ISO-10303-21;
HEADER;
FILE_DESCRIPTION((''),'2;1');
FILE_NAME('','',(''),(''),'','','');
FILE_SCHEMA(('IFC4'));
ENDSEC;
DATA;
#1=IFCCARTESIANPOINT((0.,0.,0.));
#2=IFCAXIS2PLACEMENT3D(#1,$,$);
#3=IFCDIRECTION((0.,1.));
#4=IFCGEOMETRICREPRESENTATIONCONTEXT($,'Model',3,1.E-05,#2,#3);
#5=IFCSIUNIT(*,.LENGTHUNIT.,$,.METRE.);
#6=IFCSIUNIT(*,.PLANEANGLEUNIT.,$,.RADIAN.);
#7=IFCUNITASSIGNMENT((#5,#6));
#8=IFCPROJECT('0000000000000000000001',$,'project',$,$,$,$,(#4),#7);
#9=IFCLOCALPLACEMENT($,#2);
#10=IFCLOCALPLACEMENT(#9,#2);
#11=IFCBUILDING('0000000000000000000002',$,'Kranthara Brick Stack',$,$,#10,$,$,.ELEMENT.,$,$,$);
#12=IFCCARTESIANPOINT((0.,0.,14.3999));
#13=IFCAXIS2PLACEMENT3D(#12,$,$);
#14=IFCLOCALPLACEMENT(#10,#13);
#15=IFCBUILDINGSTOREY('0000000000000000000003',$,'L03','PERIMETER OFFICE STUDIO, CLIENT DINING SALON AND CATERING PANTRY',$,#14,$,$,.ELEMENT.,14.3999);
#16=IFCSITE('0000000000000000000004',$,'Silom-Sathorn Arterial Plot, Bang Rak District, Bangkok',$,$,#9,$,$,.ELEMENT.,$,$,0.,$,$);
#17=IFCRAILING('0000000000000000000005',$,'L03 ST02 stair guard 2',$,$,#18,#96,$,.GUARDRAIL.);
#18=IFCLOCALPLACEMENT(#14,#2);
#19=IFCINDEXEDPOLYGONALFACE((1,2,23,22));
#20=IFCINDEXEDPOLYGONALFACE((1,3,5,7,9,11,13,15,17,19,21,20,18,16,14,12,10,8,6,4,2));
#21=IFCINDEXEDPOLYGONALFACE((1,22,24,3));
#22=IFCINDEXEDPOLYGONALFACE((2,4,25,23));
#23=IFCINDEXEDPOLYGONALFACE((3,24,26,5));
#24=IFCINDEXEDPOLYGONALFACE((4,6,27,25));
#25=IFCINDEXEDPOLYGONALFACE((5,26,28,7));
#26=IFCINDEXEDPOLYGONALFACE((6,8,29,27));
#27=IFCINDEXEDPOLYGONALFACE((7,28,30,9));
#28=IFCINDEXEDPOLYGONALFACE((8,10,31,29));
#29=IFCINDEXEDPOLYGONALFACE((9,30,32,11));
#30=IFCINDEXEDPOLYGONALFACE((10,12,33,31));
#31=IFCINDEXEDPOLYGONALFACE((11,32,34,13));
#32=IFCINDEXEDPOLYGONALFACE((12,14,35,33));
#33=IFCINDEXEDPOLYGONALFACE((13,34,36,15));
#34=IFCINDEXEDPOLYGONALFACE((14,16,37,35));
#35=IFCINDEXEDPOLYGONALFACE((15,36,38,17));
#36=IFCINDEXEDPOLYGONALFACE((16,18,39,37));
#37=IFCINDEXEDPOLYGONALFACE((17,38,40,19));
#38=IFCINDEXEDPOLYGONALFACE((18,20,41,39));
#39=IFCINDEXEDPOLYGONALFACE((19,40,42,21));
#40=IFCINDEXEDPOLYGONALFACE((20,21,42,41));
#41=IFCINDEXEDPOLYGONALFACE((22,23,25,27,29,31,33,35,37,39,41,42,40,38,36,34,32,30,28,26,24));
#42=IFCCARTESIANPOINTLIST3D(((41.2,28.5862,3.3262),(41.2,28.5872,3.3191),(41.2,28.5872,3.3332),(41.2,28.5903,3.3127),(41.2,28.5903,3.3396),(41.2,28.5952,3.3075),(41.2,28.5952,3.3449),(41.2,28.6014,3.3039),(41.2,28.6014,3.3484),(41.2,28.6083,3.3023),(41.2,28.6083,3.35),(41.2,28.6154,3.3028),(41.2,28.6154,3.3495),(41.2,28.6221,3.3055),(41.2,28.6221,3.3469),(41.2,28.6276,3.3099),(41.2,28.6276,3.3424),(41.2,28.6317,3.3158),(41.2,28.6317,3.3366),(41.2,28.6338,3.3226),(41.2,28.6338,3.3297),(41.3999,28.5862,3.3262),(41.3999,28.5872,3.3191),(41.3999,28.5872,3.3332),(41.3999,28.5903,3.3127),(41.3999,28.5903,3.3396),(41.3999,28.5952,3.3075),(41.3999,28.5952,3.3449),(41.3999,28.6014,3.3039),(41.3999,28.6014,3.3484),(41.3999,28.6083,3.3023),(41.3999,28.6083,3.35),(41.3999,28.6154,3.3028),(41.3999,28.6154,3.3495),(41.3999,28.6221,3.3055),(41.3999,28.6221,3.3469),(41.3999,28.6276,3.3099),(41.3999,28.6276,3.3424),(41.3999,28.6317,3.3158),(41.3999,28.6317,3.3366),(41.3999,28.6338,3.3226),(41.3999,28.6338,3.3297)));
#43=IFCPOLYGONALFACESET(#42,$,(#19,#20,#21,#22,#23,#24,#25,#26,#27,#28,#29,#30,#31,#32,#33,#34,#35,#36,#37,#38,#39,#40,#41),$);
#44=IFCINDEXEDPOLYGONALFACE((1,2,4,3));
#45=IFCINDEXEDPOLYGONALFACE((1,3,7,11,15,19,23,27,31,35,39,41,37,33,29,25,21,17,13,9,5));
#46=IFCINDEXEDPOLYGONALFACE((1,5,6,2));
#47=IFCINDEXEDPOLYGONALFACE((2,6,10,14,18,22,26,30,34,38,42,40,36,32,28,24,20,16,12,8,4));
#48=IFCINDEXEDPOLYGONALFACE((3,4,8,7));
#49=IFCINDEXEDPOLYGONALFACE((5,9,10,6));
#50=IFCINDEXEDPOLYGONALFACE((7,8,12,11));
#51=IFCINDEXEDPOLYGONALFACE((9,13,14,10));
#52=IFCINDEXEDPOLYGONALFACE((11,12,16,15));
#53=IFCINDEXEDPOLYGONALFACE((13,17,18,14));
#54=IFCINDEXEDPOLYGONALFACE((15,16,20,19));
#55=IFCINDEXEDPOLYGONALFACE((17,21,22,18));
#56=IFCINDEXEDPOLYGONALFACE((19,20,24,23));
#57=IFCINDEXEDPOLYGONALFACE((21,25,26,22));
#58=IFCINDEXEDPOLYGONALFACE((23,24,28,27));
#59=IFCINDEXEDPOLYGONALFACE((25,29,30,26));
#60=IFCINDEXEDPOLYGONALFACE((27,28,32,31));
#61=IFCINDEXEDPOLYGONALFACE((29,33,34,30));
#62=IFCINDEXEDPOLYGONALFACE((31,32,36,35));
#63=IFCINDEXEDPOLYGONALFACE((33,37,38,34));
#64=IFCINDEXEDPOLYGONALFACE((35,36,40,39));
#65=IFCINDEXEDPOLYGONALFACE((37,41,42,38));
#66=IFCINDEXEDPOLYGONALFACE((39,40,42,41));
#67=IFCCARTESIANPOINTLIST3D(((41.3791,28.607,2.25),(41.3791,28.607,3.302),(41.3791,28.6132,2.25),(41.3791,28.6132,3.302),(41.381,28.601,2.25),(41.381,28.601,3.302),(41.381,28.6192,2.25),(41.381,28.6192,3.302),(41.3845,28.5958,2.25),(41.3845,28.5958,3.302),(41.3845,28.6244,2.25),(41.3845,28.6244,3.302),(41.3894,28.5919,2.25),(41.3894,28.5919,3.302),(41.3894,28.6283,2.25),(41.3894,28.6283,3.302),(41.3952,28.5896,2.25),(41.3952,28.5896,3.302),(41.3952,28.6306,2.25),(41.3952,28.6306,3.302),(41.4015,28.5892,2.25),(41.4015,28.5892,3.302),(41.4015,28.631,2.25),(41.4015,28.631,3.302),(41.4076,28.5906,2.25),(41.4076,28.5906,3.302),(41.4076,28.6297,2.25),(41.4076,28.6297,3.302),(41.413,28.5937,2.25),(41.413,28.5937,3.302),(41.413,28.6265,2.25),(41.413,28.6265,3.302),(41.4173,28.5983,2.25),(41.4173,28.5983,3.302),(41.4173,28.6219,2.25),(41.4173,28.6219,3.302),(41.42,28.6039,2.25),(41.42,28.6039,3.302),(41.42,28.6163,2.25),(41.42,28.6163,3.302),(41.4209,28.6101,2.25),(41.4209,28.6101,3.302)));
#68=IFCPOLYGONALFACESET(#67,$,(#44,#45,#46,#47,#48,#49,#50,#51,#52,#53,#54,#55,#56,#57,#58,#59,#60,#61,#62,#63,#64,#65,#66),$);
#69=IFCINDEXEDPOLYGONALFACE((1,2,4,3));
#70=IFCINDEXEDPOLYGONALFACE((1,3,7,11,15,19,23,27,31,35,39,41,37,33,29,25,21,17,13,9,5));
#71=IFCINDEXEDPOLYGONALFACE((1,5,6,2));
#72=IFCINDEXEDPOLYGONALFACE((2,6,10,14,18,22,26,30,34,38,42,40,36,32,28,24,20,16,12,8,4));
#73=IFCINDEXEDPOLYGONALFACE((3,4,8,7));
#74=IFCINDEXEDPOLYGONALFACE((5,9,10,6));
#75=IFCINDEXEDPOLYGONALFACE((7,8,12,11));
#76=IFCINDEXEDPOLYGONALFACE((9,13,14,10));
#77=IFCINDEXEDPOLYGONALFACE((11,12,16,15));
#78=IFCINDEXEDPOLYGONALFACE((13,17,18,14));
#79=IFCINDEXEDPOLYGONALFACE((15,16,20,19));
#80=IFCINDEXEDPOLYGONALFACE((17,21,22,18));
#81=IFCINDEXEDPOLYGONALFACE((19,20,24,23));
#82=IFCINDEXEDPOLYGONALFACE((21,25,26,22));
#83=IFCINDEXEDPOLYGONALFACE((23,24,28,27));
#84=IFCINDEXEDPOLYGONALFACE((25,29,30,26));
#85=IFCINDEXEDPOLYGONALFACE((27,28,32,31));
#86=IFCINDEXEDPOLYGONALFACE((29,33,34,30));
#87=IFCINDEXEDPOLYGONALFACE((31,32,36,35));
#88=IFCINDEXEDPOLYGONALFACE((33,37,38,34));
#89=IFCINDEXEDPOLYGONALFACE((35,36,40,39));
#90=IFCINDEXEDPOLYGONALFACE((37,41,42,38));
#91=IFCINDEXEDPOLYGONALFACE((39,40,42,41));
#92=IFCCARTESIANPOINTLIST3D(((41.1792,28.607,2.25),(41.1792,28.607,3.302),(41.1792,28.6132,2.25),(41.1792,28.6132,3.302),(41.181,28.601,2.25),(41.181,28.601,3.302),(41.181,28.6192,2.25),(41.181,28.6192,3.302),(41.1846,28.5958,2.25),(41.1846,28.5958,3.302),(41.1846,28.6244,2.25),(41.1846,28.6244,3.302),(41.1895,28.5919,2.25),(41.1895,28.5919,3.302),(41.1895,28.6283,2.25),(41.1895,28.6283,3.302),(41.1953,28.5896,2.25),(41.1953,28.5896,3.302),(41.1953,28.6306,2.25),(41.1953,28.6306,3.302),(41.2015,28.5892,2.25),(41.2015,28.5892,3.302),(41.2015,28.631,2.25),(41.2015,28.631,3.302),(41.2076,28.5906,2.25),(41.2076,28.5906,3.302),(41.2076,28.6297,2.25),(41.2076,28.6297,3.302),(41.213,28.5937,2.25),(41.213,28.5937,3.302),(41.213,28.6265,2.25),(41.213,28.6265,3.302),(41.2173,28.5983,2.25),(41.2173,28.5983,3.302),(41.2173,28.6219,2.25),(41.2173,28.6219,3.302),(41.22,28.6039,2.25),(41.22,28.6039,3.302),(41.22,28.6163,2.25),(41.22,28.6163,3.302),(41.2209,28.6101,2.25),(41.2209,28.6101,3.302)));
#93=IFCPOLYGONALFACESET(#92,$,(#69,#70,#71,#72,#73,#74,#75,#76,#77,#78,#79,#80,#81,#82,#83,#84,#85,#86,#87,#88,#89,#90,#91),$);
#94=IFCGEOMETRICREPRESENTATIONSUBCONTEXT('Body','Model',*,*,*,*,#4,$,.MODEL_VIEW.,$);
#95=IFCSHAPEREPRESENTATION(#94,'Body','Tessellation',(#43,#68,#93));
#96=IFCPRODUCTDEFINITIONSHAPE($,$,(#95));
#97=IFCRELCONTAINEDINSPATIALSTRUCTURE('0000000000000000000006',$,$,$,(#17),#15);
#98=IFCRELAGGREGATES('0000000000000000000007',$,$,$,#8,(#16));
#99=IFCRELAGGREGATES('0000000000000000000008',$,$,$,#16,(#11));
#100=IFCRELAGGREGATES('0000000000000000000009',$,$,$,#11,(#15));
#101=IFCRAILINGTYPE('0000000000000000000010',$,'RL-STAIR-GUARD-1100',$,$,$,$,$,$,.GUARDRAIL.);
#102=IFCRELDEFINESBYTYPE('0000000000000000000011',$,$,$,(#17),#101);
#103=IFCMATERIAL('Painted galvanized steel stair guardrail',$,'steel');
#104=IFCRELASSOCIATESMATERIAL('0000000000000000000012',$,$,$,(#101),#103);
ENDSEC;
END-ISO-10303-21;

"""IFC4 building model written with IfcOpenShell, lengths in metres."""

from ifc_helpers import new_model, si_unit, direction, frame, origin, origin_2d, place, context, subcontext, project, spatial, circle, extrude, material, type_object, element, save


model = new_model("IFC4")

# Units and contexts
model_context = context("Model", 3, precision=1e-05, world=origin(), true_north=direction((0.0, 1.0)))
body_context = subcontext(model_context, "Body", "Model", "MODEL_VIEW")
ifc_project = project(units=[si_unit("LENGTHUNIT", "METRE"), si_unit("PLANEANGLEUNIT", "RADIAN")], contexts=[model_context])

# Site, building, storey
site_placement = place(None, origin())
site = spatial("IfcSite", under=ifc_project, at=site_placement, Name="Silom-Sathorn Arterial Plot, Bang Rak District, Bangkok", CompositionType="ELEMENT", RefElevation=0.0)
building_placement = place(site_placement, origin())
building = spatial("IfcBuilding", under=site, at=building_placement, Name="Kranthara Brick Stack", CompositionType="ELEMENT")
storey_placement = place(building_placement, frame((0.0, 0.0, 14.3999)))
storey = spatial("IfcBuildingStorey", under=building, at=storey_placement, Name="L03", Description="PERIMETER OFFICE STUDIO, CLIENT DINING SALON AND CATERING PANTRY", CompositionType="ELEMENT", Elevation=14.3999)

# Railing
ifc_material_1 = material(Name="Painted galvanized steel stair guardrail", Category="steel")
railing_type_1 = type_object("IfcRailingType", Name="RL-STAIR-GUARD-1100", PredefinedType="GUARDRAIL", material=ifc_material_1)
railing_1_placement = place(storey_placement, frame((41.3999, 28.6101, 2.25)))
element("IfcRailing", 1, at=railing_1_placement, inside=storey, type_object=railing_type_1, Name="L03 ST02 stair guard 2", PredefinedType="GUARDRAIL", context=body_context, shape_type="SweptSolid", body=[
    extrude(circle(Radius=0.0239, at=origin_2d()), frame((0.0, 0.0, 1.0762), z_axis=(-1.0, 0.0, 0.0), x_axis=(0.0, -1.0, 0.0)), (0.0, 0.0, 1.0), 0.2),
    extrude(circle(Radius=0.021, at=origin_2d()), origin(), (0.0, 0.0, 1.0), 1.052),
    extrude(circle(Radius=0.021, at=origin_2d()), frame((-0.2, 0.0, 0.0)), (0.0, 0.0, 1.0), 1.052),
])

save(model, "model.ifc")
